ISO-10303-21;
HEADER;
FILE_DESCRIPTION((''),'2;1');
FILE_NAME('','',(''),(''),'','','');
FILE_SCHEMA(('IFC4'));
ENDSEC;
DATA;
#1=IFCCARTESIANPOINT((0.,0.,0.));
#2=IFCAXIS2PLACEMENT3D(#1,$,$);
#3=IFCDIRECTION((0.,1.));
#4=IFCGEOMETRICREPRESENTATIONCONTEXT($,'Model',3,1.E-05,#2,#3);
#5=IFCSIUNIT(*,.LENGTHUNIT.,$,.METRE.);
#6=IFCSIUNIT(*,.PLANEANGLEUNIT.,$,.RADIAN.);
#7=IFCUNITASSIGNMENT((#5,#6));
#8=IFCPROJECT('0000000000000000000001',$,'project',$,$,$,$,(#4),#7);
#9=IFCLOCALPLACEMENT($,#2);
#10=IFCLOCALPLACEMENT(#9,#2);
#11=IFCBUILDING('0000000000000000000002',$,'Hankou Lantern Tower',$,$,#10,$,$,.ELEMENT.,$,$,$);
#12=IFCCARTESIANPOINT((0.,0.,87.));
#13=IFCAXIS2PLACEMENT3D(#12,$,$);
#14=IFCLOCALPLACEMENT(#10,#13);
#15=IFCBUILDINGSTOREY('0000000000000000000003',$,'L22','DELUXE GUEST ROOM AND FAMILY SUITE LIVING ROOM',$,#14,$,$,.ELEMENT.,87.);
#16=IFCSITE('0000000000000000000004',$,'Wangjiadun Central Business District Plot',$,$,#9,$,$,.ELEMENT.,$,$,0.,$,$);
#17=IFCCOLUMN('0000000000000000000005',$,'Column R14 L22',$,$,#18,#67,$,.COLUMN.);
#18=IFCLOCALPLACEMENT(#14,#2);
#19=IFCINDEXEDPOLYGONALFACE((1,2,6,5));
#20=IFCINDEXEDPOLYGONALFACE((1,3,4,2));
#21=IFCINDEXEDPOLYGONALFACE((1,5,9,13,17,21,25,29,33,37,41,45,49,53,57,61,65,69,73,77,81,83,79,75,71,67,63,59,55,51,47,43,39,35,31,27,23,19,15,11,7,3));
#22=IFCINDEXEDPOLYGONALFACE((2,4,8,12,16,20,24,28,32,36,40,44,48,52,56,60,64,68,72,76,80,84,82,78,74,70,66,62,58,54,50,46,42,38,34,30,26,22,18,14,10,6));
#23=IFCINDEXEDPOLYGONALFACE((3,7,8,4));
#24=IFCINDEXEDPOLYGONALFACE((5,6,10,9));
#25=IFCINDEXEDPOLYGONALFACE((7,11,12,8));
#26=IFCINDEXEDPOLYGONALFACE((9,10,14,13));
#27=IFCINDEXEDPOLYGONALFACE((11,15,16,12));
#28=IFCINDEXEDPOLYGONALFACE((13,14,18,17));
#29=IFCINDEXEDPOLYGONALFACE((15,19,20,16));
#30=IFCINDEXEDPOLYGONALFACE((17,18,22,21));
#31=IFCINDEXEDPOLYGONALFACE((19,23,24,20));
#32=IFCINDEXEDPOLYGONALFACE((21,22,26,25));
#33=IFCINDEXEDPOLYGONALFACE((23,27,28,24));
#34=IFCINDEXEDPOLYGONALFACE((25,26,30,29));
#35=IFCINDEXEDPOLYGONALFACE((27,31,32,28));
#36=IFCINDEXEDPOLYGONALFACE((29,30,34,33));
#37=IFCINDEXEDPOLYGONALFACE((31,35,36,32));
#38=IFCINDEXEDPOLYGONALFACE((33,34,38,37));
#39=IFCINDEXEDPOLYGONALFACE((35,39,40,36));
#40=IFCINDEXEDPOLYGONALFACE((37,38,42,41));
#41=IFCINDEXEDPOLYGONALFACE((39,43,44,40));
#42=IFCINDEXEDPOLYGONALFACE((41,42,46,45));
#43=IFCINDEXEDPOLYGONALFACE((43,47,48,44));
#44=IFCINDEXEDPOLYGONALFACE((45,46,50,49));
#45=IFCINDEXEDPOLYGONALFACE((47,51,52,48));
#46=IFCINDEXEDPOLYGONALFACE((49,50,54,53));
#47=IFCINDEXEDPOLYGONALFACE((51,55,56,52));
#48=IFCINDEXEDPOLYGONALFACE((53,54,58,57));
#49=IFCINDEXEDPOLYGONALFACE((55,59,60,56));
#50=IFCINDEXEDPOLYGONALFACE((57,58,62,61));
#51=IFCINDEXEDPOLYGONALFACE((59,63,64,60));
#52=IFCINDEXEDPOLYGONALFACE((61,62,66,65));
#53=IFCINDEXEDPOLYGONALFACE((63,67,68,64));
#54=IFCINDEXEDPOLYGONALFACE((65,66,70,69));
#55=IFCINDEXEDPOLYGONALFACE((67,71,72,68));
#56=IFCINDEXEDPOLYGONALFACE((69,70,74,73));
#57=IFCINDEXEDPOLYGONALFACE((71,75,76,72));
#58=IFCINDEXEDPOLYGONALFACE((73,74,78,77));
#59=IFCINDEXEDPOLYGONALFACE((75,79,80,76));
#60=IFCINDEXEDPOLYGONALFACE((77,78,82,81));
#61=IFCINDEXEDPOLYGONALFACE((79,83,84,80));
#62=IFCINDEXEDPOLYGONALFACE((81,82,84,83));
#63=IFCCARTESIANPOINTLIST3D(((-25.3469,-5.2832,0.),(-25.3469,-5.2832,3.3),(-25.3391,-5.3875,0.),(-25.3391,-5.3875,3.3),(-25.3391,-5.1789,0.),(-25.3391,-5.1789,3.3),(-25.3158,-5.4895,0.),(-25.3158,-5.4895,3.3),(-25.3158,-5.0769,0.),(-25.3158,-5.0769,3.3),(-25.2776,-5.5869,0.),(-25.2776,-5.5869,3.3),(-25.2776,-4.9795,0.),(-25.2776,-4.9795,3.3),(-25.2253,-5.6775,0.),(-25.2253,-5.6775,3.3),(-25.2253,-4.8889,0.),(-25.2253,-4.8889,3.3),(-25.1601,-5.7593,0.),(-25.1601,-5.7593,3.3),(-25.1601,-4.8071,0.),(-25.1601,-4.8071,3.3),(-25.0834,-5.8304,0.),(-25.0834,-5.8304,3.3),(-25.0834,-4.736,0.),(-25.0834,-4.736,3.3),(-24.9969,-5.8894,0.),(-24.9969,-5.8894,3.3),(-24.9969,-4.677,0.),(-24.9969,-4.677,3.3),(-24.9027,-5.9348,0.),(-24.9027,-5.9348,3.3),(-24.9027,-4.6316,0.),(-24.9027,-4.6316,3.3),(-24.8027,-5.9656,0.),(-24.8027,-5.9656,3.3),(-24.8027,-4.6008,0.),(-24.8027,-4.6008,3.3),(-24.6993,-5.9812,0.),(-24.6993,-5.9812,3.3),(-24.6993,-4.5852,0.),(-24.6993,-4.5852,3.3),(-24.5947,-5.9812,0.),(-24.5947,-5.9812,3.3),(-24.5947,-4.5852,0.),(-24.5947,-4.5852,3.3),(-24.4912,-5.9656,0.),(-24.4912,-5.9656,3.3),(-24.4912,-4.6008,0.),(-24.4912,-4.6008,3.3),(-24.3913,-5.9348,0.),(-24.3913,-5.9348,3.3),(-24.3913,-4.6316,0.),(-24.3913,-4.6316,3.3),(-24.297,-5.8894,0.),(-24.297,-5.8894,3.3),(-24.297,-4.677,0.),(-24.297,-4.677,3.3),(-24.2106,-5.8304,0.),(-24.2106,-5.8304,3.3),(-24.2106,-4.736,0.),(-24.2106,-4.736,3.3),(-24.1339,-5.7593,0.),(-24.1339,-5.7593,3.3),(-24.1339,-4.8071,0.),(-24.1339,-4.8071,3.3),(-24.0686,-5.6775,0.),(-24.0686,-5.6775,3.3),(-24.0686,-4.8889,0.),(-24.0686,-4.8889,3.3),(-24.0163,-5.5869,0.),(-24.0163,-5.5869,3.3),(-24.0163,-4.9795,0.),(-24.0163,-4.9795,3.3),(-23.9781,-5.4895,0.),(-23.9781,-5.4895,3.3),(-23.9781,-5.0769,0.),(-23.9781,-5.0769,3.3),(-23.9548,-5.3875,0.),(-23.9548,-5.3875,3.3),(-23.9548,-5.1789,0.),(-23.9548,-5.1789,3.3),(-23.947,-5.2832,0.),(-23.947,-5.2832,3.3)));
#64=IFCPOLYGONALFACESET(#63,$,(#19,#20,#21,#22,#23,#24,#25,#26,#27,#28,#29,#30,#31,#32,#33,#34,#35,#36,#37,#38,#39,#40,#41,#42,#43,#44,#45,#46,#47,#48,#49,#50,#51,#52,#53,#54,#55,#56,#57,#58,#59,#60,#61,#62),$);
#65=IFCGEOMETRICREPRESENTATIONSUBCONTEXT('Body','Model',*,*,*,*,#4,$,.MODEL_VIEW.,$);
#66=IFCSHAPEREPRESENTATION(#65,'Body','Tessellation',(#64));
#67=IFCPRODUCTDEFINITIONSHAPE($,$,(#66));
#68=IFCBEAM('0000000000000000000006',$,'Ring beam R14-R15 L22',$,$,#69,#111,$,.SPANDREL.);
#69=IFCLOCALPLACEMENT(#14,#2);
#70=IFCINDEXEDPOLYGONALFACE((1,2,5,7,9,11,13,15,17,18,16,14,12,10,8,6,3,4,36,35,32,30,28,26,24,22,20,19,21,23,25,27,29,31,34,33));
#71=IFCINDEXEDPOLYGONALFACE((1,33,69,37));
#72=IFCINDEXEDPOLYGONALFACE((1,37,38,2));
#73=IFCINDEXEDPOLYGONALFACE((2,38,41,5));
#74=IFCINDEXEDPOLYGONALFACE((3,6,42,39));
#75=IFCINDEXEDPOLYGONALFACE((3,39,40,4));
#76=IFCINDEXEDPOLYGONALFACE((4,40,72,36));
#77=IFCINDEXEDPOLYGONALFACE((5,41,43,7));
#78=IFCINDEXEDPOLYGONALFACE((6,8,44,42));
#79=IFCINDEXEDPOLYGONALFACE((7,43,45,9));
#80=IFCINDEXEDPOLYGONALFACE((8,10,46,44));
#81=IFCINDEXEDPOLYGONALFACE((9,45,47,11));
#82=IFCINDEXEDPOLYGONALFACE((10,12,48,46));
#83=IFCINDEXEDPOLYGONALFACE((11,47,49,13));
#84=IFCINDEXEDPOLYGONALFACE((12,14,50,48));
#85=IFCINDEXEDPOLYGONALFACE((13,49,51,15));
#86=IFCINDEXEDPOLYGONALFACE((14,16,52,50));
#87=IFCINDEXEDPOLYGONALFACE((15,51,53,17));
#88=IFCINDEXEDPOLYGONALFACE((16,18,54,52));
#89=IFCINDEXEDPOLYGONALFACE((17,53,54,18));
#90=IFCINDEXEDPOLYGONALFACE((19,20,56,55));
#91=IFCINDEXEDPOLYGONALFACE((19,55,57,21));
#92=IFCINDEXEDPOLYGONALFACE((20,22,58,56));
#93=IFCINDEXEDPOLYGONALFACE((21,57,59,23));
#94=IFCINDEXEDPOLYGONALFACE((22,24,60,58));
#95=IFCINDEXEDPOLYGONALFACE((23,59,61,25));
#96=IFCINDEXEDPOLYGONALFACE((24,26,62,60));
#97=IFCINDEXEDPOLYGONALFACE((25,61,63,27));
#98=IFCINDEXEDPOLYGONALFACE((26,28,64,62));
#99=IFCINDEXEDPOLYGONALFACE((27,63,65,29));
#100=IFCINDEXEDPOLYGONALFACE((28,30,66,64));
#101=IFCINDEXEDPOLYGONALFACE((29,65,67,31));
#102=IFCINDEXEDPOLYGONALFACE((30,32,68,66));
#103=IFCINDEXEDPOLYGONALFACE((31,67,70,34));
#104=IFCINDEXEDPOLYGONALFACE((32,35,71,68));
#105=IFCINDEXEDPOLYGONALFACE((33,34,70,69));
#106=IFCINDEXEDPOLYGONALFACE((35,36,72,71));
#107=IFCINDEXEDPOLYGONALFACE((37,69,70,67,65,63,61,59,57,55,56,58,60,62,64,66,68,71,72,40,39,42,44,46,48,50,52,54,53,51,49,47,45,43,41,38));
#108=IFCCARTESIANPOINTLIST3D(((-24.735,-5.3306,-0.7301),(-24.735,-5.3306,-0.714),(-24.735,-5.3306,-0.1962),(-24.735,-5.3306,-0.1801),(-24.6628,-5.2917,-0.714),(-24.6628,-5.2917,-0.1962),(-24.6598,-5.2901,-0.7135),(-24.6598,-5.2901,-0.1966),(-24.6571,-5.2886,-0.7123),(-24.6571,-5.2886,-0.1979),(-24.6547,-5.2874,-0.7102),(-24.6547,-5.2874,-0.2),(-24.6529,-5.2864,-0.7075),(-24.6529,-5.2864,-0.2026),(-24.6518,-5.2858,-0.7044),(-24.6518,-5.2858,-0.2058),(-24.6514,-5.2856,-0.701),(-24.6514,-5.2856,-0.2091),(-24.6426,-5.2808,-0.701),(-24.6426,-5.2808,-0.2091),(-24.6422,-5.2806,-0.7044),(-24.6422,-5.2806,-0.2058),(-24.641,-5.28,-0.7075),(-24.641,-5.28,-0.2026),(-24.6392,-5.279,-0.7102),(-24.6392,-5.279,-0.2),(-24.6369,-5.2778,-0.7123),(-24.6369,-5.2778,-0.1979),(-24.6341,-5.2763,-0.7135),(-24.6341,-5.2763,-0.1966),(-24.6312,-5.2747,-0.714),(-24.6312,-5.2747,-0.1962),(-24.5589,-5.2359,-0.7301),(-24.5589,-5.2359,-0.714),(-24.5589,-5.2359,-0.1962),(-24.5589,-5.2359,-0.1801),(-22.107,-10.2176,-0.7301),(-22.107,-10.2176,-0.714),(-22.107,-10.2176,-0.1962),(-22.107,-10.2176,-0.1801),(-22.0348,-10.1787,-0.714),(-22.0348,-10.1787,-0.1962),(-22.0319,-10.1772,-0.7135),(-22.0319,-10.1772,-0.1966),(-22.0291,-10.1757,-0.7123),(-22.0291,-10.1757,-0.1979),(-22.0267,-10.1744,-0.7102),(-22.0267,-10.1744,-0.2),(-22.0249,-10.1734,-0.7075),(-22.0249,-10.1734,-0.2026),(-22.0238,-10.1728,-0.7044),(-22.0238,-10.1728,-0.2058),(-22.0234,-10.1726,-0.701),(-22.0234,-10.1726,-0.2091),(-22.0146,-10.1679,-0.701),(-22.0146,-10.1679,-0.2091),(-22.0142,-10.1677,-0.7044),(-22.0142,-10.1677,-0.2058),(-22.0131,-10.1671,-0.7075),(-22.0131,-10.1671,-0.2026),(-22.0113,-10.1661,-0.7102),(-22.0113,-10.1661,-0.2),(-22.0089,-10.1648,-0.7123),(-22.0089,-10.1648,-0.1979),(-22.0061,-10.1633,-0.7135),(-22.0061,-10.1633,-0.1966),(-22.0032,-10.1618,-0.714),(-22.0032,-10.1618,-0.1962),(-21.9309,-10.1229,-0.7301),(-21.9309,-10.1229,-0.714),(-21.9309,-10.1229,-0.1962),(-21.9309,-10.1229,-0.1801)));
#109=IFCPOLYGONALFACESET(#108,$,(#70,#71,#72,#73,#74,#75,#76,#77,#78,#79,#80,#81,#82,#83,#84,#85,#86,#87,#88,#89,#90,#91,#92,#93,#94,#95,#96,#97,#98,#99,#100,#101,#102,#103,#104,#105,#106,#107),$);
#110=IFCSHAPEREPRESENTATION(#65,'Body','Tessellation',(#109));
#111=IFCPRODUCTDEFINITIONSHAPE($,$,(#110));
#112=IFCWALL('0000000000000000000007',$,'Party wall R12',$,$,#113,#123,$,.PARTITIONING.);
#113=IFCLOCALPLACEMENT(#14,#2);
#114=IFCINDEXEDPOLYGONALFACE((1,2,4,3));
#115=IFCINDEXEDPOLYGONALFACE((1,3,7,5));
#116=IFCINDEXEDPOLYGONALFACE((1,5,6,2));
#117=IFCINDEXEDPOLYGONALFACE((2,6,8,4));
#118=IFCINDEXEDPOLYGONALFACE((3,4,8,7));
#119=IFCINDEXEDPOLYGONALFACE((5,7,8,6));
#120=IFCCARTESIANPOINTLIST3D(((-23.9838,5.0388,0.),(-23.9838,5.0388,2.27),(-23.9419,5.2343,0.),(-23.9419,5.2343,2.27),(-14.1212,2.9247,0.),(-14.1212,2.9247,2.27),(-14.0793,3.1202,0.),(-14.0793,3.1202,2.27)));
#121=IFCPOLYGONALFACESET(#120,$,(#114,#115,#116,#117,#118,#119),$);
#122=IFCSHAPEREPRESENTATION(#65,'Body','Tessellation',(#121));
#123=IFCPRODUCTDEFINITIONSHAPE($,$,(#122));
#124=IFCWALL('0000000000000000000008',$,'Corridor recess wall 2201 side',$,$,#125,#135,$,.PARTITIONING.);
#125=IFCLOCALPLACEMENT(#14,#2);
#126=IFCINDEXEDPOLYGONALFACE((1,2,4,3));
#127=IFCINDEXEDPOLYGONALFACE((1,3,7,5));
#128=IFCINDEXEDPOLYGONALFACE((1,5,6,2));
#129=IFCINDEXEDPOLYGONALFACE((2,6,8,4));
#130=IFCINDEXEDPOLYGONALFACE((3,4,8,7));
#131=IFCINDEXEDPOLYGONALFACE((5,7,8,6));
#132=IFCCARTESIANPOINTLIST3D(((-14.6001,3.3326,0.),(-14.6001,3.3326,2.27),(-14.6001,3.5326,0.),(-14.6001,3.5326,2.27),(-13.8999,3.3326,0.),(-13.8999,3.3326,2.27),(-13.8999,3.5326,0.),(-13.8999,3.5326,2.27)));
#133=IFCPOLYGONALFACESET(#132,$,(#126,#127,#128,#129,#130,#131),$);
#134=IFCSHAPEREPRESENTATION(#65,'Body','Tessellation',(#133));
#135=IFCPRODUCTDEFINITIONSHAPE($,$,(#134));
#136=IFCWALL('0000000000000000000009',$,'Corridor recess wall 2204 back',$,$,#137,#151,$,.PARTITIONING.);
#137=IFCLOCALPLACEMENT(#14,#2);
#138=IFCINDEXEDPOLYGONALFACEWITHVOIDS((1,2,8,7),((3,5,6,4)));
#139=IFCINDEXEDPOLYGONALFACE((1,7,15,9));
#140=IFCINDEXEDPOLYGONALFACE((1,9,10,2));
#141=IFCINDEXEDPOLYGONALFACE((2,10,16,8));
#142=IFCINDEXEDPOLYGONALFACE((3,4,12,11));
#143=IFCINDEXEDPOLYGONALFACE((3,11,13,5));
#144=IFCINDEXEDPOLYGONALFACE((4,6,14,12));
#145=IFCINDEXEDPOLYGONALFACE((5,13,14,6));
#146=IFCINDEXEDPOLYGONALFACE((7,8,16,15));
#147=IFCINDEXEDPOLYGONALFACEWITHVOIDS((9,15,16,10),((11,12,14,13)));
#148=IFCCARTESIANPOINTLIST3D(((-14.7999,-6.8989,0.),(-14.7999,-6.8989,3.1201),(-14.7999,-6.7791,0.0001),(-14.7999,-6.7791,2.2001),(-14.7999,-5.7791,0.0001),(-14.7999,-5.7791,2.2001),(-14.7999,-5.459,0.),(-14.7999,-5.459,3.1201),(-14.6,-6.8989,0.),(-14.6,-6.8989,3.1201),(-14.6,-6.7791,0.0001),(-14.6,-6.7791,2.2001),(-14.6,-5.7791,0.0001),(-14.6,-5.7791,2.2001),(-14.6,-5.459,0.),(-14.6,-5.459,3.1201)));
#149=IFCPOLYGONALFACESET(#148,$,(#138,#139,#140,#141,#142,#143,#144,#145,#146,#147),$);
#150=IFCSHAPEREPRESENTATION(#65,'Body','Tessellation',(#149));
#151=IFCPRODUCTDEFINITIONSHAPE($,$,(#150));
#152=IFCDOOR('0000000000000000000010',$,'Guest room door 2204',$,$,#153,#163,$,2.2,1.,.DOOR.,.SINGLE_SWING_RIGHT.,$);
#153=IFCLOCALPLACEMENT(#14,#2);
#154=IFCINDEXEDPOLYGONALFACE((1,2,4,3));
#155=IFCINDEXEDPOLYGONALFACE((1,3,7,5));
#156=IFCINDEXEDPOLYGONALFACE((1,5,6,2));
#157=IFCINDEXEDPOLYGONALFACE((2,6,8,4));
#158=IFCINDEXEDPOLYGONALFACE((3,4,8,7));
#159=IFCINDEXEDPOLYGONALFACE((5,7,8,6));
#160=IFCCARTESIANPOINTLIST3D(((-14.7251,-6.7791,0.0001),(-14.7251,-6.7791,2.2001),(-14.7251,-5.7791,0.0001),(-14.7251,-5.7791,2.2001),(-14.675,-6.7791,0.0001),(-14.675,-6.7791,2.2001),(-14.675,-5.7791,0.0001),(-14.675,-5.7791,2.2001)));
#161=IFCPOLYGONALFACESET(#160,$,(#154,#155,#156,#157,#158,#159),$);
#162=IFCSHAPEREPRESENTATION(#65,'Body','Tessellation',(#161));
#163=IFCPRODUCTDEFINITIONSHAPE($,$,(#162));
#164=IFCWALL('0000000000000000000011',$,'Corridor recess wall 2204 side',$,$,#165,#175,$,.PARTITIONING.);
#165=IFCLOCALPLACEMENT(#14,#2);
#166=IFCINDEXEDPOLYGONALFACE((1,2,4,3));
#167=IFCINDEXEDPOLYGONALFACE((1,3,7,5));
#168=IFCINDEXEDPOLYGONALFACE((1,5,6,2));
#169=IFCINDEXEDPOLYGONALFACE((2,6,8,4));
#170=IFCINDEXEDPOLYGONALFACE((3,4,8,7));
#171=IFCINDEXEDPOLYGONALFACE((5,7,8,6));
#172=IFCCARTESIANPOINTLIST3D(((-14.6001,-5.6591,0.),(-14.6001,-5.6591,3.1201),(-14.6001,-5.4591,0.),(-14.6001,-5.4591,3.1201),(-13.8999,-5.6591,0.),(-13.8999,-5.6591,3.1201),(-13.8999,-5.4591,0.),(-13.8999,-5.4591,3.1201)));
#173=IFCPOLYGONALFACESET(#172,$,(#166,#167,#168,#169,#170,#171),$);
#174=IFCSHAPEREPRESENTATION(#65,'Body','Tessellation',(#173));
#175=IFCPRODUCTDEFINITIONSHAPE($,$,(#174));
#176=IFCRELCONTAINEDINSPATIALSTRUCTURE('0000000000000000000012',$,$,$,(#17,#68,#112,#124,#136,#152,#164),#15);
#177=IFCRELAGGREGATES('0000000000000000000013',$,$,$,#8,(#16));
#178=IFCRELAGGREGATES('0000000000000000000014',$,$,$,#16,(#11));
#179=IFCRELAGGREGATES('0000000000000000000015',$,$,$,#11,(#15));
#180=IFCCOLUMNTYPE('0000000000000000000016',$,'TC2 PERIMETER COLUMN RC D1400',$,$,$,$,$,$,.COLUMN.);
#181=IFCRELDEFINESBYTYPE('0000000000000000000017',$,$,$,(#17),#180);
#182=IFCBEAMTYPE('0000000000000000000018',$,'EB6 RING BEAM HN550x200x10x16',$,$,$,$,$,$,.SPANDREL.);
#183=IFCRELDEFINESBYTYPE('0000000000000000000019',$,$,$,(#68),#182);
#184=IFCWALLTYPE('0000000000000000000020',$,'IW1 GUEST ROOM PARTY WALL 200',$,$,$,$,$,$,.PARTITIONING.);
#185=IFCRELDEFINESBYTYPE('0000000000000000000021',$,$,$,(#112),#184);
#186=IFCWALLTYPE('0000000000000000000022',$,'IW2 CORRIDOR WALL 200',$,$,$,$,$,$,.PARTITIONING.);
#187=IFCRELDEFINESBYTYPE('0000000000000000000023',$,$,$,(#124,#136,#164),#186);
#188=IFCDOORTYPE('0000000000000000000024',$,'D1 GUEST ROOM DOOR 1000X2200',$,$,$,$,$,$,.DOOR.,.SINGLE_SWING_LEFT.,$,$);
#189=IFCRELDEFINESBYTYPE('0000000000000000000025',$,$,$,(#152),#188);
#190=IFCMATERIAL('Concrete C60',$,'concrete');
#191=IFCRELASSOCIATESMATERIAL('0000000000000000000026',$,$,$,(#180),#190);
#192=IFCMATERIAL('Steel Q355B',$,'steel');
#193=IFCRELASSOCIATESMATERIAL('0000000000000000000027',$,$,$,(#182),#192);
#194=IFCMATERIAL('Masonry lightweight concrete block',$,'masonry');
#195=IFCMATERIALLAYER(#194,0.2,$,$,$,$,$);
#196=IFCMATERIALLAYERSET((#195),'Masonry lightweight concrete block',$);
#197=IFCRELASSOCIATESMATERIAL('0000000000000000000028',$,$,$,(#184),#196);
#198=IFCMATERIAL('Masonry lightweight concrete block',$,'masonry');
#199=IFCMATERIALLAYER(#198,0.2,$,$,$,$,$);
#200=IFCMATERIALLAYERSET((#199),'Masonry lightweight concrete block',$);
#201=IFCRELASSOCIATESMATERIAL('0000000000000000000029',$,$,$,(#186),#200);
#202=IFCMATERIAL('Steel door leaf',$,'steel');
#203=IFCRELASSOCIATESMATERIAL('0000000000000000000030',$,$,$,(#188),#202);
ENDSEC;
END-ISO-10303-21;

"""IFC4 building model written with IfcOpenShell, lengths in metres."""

from ifc_helpers import new_model, si_unit, direction, frame, frame_2d, origin, origin_2d, place, context, subcontext, project, spatial, rectangle, circle, i_section, extrude, material, layer, layer_set, material_profile, profile_set, type_object, element, fill, save


model = new_model("IFC4")

# Units and contexts
model_context = context("Model", 3, precision=1e-05, world=origin(), true_north=direction((0.0, 1.0)))
body_context = subcontext(model_context, "Body", "Model", "MODEL_VIEW")
ifc_project = project(units=[si_unit("LENGTHUNIT", "METRE"), si_unit("PLANEANGLEUNIT", "RADIAN")], contexts=[model_context])

# Site, building, storey
site_placement = place(None, origin())
site = spatial("IfcSite", under=ifc_project, at=site_placement, Name="Wangjiadun Central Business District Plot", CompositionType="ELEMENT", RefElevation=0.0)
building_placement = place(site_placement, origin())
building = spatial("IfcBuilding", under=site, at=building_placement, Name="Hankou Lantern Tower", CompositionType="ELEMENT")
storey_placement = place(building_placement, frame((0.0, 0.0, 87.0)))
storey = spatial("IfcBuildingStorey", under=building, at=storey_placement, Name="L22", Description="DELUXE GUEST ROOM AND FAMILY SUITE LIVING ROOM", CompositionType="ELEMENT", Elevation=87.0)

# Column
ifc_material_1 = material(Name="Concrete C60", Category="concrete")
ifc_material_profile_1 = material_profile(ifc_material_1, circle(Radius=0.7, at=origin_2d()), Name="RC D1400")
ifc_profile_set_1 = profile_set([ifc_material_profile_1], Name="Concrete C60")
column_type = type_object("IfcColumnType", Name="TC2 PERIMETER COLUMN RC D1400", PredefinedType="COLUMN", material=ifc_profile_set_1)
column_placement = place(storey_placement, frame((-24.647, -5.2832, 0.0), z_axis=(0.0, 0.0, 1.0), x_axis=(1.0, 0.0, 0.0)))
element("IfcColumn", 1, at=column_placement, inside=storey, type_object=column_type, Name="Column R14 L22", PredefinedType="COLUMN", context=body_context, shape_type="SweptSolid", body=[
    extrude(circle(Radius=0.7, at=origin_2d()), origin(), (0.0, 0.0, 1.0), 3.3),
])

# Beam
ifc_material_2 = material(Name="Steel Q355B", Category="steel")
ifc_material_profile_2 = material_profile(ifc_material_2, i_section(OverallWidth=0.2, OverallDepth=0.55, WebThickness=0.01, FlangeThickness=0.0161, FilletRadius=0.0129, at=origin_2d()), Name="HN550x200x10x16")
ifc_profile_set_2 = profile_set([ifc_material_profile_2], Name="Steel Q355B")
beam_type = type_object("IfcBeamType", Name="EB6 RING BEAM HN550x200x10x16", PredefinedType="SPANDREL", material=ifc_profile_set_2)
beam_placement = place(storey_placement, frame((-24.647, -5.2832, -0.4551), z_axis=(0.473609, -0.880735, 0.0), x_axis=(0.880735, 0.473609, 0.0)))
element("IfcBeam", 2, at=beam_placement, inside=storey, type_object=beam_type, Name="Ring beam R14-R15 L22", PredefinedType="SPANDREL", context=body_context, shape_type="SweptSolid", body=[
    extrude(i_section(OverallWidth=0.2, OverallDepth=0.55, WebThickness=0.01, FlangeThickness=0.0161, FilletRadius=0.0129, at=origin_2d()), origin(), (0.0, 0.0, 1.0), 5.5488),
])

# Walls
ifc_material_3 = material(Name="Masonry lightweight concrete block", Category="masonry")
ifc_layer_1 = layer(ifc_material_3, 0.2)
ifc_layer_set_1 = layer_set([ifc_layer_1], Name="Masonry lightweight concrete block")
wall_type_1 = type_object("IfcWallType", Name="IW1 GUEST ROOM PARTY WALL 200", PredefinedType="PARTITIONING", material=ifc_layer_set_1)
wall_1_placement = place(storey_placement, frame((-14.1001, 3.0225, 0.0), z_axis=(0.0, 0.0, 1.0), x_axis=(-0.97779, 0.209587, 0.0)))
element("IfcWall", 3, at=wall_1_placement, inside=storey, type_object=wall_type_1, Name="Party wall R12", PredefinedType="PARTITIONING", context=body_context, shape_type="SweptSolid", body=[
    extrude(rectangle(XDim=10.0867, YDim=0.2, at=frame_2d((5.0435, 0.0))), origin(), (0.0, 0.0, 1.0), 2.27),
])
ifc_material_4 = material(Name="Masonry lightweight concrete block", Category="masonry")
ifc_layer_2 = layer(ifc_material_4, 0.2)
ifc_layer_set_2 = layer_set([ifc_layer_2], Name="Masonry lightweight concrete block")
wall_type_2 = type_object("IfcWallType", Name="IW2 CORRIDOR WALL 200", PredefinedType="PARTITIONING", material=ifc_layer_set_2)
wall_2_placement = place(storey_placement, frame((-13.8999, 3.4326, 0.0), z_axis=(0.0, 0.0, 1.0), x_axis=(-1.0, 0.0, 0.0)))
element("IfcWall", 4, at=wall_2_placement, inside=storey, type_object=wall_type_2, Name="Corridor recess wall 2201 side", PredefinedType="PARTITIONING", context=body_context, shape_type="SweptSolid", body=[
    extrude(rectangle(XDim=0.7002, YDim=0.2, at=frame_2d((0.3501, 0.0))), origin(), (0.0, 0.0, 1.0), 2.27),
])

# Wall, opening, door
wall_3_placement = place(storey_placement, frame((-14.7, -5.459, 0.0), z_axis=(0.0, 0.0, 1.0), x_axis=(0.0, -1.0, 0.0)))
wall_3 = element("IfcWall", 5, at=wall_3_placement, inside=storey, type_object=wall_type_2, Name="Corridor recess wall 2204 back", PredefinedType="PARTITIONING", context=body_context, shape_type="SweptSolid", body=[
    extrude(rectangle(XDim=1.4399, YDim=0.2, at=frame_2d((0.72, 0.0))), origin(), (0.0, 0.0, 1.0), 3.1201),
])
opening_1_placement = place(wall_3_placement, frame((0.3201, 0.0, 0.0)))
opening_1 = element("IfcOpeningElement", 6, at=opening_1_placement, cuts=wall_3, PredefinedType="OPENING", context=body_context, shape_type="SweptSolid", body=[
    extrude(rectangle(XDim=1.0, YDim=2.2, at=frame_2d((0.5, 1.1001))), frame((0.0, 0.1099, 0.0), z_axis=(0.0, -1.0, 0.0), x_axis=(1.0, 0.0, 0.0)), (0.0, 0.0, 1.0), 0.22),
])
ifc_material_5 = material(Name="Steel door leaf", Category="steel")
door_type_1 = type_object("IfcDoorType", Name="D1 GUEST ROOM DOOR 1000X2200", OperationType="SINGLE_SWING_LEFT", PredefinedType="DOOR", material=ifc_material_5)
door_1_placement = place(opening_1_placement, origin())
door_1 = element("IfcDoor", 7, at=door_1_placement, inside=storey, type_object=door_type_1, Name="Guest room door 2204", OperationType="SINGLE_SWING_RIGHT", OverallHeight=2.2, OverallWidth=1.0, PredefinedType="DOOR", context=body_context, shape_type="SweptSolid", body=[
    extrude(rectangle(XDim=1.0, YDim=2.2, at=frame_2d((0.5, 1.1001))), frame((0.0, 0.0249, 0.0), z_axis=(0.0, -1.0, 0.0), x_axis=(1.0, 0.0, 0.0)), (0.0, 0.0, 1.0), 0.05),
])
fill(opening_1, door_1)

# Wall
wall_4_placement = place(storey_placement, frame((-13.8999, -5.5591, 0.0), z_axis=(0.0, 0.0, 1.0), x_axis=(-1.0, 0.0, 0.0)))
element("IfcWall", 8, at=wall_4_placement, inside=storey, type_object=wall_type_2, Name="Corridor recess wall 2204 side", PredefinedType="PARTITIONING", context=body_context, shape_type="SweptSolid", body=[
    extrude(rectangle(XDim=0.7002, YDim=0.2, at=frame_2d((0.3501, 0.0))), origin(), (0.0, 0.0, 1.0), 3.1201),
])

save(model, "model.ifc")
